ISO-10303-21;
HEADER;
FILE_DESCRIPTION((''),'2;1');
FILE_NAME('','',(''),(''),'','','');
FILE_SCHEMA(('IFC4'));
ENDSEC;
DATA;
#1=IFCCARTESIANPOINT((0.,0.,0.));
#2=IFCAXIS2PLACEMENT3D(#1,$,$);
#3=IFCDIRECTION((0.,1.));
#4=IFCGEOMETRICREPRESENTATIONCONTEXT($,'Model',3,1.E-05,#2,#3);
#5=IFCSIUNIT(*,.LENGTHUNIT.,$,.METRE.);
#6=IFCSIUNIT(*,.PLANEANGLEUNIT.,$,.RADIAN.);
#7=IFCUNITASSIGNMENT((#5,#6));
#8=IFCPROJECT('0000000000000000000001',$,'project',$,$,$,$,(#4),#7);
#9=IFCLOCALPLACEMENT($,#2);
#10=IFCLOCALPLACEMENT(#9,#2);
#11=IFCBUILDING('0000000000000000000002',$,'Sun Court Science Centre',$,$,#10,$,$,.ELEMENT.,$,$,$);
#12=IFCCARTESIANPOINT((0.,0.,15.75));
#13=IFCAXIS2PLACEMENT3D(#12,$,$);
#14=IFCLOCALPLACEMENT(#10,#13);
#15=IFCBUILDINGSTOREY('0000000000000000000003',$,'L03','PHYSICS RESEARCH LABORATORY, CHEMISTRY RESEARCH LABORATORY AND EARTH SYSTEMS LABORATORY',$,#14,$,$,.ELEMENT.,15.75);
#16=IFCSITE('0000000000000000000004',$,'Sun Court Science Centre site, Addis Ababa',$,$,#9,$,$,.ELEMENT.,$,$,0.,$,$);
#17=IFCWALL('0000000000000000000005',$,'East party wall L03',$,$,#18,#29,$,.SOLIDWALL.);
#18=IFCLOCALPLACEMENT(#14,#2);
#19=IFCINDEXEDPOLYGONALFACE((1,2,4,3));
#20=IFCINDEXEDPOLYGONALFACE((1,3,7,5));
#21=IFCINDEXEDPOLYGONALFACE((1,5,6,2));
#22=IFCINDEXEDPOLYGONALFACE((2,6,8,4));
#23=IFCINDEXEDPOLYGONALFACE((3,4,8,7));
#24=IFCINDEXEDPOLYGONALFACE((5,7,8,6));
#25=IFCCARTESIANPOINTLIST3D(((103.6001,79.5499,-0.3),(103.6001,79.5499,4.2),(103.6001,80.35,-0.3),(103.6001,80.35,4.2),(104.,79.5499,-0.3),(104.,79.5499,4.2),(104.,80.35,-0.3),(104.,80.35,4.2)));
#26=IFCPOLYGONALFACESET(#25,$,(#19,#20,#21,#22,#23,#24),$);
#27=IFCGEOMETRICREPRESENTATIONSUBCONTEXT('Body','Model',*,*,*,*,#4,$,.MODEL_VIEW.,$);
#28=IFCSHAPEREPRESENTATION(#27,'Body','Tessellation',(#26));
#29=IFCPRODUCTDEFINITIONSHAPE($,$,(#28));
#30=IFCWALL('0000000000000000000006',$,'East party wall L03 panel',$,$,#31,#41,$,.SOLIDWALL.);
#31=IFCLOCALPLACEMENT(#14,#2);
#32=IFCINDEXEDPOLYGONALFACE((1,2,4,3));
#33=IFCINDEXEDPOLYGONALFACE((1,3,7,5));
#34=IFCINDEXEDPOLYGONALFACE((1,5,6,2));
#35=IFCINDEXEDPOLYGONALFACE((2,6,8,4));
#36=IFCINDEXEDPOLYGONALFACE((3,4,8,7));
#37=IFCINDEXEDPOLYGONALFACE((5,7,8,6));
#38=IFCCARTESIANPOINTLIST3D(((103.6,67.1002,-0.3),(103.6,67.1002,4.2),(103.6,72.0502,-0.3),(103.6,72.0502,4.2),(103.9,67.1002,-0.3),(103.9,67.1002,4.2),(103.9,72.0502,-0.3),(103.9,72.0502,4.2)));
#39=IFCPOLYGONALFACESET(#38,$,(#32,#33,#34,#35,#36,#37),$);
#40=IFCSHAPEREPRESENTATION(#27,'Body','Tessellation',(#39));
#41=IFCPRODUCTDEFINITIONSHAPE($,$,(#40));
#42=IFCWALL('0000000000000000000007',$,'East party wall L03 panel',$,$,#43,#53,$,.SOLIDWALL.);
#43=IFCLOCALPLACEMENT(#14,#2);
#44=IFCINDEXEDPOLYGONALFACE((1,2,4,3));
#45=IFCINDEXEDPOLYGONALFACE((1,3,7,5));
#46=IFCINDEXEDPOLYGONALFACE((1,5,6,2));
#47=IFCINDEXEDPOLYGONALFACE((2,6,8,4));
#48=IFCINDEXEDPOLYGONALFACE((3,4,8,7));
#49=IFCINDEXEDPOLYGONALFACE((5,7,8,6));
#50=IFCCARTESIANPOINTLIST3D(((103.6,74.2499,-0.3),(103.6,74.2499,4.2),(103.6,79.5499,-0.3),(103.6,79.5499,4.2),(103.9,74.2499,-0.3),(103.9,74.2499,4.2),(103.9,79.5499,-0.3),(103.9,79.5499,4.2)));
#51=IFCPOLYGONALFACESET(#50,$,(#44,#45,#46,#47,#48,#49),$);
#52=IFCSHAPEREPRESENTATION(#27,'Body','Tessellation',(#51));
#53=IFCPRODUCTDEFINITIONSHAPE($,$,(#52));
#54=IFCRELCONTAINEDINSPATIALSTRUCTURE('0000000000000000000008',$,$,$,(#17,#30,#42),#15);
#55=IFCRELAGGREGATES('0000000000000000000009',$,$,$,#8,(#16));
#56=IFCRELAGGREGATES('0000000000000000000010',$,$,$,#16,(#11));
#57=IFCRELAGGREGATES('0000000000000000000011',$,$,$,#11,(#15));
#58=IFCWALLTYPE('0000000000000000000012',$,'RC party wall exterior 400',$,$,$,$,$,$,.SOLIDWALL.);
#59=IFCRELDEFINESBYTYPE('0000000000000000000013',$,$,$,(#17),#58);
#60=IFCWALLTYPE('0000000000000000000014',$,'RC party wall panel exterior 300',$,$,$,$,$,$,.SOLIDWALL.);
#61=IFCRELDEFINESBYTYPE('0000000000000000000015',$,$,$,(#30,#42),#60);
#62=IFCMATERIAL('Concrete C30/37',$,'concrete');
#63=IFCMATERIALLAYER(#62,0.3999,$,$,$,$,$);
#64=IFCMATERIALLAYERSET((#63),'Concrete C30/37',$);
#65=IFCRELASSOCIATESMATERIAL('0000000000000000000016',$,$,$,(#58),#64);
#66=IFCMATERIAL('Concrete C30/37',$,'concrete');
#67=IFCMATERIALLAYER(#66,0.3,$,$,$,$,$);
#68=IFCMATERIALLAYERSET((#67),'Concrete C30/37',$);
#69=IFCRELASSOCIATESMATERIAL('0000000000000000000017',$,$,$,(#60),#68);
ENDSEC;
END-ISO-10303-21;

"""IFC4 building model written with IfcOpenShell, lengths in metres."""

from ifc_helpers import new_model, si_unit, direction, frame, frame_2d, origin, place, context, subcontext, project, spatial, rectangle, extrude, material, layer, layer_set, type_object, element, save


model = new_model("IFC4")

# Units and contexts
model_context = context("Model", 3, precision=1e-05, world=origin(), true_north=direction((0.0, 1.0)))
body_context = subcontext(model_context, "Body", "Model", "MODEL_VIEW")
ifc_project = project(units=[si_unit("LENGTHUNIT", "METRE"), si_unit("PLANEANGLEUNIT", "RADIAN")], contexts=[model_context])

# Site, building, storey
site_placement = place(None, origin())
site = spatial("IfcSite", under=ifc_project, at=site_placement, Name="Sun Court Science Centre site, Addis Ababa", CompositionType="ELEMENT", RefElevation=0.0)
building_placement = place(site_placement, origin())
building = spatial("IfcBuilding", under=site, at=building_placement, Name="Sun Court Science Centre", CompositionType="ELEMENT")
storey_placement = place(building_placement, frame((0.0, 0.0, 15.75)))
storey = spatial("IfcBuildingStorey", under=building, at=storey_placement, Name="L03", Description="PHYSICS RESEARCH LABORATORY, CHEMISTRY RESEARCH LABORATORY AND EARTH SYSTEMS LABORATORY", CompositionType="ELEMENT", Elevation=15.75)

# Walls
ifc_material_1 = material(Name="Concrete C30/37", Category="concrete")
ifc_layer_1 = layer(ifc_material_1, 0.3999)
ifc_layer_set_1 = layer_set([ifc_layer_1], Name="Concrete C30/37")
wall_type_1 = type_object("IfcWallType", Name="RC party wall exterior 400", PredefinedType="SOLIDWALL", material=ifc_layer_set_1)
for number, where, z_axis, x_axis, name in (
    (1, (103.8, 79.55, -0.3), (0.0, 0.0, 1.0), (0.0, 1.0, 0.0), "East party wall L03"),
):
    element("IfcWall", number, at=place(storey_placement, frame(where, z_axis=z_axis, x_axis=x_axis)), inside=storey, type_object=wall_type_1, Name=name, PredefinedType="SOLIDWALL", context=body_context, shape_type="SweptSolid", body=[
        extrude(rectangle(XDim=0.8, YDim=0.3999, at=frame_2d((0.3999, 0.0))), origin(), (0.0, 0.0, 1.0), 4.5),
    ])
ifc_material_2 = material(Name="Concrete C30/37", Category="concrete")
ifc_layer_2 = layer(ifc_material_2, 0.3)
ifc_layer_set_2 = layer_set([ifc_layer_2], Name="Concrete C30/37")
wall_type_2 = type_object("IfcWallType", Name="RC party wall panel exterior 300", PredefinedType="SOLIDWALL", material=ifc_layer_set_2)
wall_1_placement = place(storey_placement, frame((103.75, 67.1001, -0.3), z_axis=(0.0, 0.0, 1.0), x_axis=(0.0, 1.0, 0.0)))
element("IfcWall", 2, at=wall_1_placement, inside=storey, type_object=wall_type_2, Name="East party wall L03 panel", PredefinedType="SOLIDWALL", context=body_context, shape_type="SweptSolid", body=[
    extrude(rectangle(XDim=4.95, YDim=0.3, at=frame_2d((2.4751, 0.0))), origin(), (0.0, 0.0, 1.0), 4.5),
])
wall_2_placement = place(storey_placement, frame((103.75, 74.25, -0.3), z_axis=(0.0, 0.0, 1.0), x_axis=(0.0, 1.0, 0.0)))
element("IfcWall", 3, at=wall_2_placement, inside=storey, type_object=wall_type_2, Name="East party wall L03 panel", PredefinedType="SOLIDWALL", context=body_context, shape_type="SweptSolid", body=[
    extrude(rectangle(XDim=5.3, YDim=0.3, at=frame_2d((2.6499, 0.0))), origin(), (0.0, 0.0, 1.0), 4.5),
])

save(model, "model.ifc")
